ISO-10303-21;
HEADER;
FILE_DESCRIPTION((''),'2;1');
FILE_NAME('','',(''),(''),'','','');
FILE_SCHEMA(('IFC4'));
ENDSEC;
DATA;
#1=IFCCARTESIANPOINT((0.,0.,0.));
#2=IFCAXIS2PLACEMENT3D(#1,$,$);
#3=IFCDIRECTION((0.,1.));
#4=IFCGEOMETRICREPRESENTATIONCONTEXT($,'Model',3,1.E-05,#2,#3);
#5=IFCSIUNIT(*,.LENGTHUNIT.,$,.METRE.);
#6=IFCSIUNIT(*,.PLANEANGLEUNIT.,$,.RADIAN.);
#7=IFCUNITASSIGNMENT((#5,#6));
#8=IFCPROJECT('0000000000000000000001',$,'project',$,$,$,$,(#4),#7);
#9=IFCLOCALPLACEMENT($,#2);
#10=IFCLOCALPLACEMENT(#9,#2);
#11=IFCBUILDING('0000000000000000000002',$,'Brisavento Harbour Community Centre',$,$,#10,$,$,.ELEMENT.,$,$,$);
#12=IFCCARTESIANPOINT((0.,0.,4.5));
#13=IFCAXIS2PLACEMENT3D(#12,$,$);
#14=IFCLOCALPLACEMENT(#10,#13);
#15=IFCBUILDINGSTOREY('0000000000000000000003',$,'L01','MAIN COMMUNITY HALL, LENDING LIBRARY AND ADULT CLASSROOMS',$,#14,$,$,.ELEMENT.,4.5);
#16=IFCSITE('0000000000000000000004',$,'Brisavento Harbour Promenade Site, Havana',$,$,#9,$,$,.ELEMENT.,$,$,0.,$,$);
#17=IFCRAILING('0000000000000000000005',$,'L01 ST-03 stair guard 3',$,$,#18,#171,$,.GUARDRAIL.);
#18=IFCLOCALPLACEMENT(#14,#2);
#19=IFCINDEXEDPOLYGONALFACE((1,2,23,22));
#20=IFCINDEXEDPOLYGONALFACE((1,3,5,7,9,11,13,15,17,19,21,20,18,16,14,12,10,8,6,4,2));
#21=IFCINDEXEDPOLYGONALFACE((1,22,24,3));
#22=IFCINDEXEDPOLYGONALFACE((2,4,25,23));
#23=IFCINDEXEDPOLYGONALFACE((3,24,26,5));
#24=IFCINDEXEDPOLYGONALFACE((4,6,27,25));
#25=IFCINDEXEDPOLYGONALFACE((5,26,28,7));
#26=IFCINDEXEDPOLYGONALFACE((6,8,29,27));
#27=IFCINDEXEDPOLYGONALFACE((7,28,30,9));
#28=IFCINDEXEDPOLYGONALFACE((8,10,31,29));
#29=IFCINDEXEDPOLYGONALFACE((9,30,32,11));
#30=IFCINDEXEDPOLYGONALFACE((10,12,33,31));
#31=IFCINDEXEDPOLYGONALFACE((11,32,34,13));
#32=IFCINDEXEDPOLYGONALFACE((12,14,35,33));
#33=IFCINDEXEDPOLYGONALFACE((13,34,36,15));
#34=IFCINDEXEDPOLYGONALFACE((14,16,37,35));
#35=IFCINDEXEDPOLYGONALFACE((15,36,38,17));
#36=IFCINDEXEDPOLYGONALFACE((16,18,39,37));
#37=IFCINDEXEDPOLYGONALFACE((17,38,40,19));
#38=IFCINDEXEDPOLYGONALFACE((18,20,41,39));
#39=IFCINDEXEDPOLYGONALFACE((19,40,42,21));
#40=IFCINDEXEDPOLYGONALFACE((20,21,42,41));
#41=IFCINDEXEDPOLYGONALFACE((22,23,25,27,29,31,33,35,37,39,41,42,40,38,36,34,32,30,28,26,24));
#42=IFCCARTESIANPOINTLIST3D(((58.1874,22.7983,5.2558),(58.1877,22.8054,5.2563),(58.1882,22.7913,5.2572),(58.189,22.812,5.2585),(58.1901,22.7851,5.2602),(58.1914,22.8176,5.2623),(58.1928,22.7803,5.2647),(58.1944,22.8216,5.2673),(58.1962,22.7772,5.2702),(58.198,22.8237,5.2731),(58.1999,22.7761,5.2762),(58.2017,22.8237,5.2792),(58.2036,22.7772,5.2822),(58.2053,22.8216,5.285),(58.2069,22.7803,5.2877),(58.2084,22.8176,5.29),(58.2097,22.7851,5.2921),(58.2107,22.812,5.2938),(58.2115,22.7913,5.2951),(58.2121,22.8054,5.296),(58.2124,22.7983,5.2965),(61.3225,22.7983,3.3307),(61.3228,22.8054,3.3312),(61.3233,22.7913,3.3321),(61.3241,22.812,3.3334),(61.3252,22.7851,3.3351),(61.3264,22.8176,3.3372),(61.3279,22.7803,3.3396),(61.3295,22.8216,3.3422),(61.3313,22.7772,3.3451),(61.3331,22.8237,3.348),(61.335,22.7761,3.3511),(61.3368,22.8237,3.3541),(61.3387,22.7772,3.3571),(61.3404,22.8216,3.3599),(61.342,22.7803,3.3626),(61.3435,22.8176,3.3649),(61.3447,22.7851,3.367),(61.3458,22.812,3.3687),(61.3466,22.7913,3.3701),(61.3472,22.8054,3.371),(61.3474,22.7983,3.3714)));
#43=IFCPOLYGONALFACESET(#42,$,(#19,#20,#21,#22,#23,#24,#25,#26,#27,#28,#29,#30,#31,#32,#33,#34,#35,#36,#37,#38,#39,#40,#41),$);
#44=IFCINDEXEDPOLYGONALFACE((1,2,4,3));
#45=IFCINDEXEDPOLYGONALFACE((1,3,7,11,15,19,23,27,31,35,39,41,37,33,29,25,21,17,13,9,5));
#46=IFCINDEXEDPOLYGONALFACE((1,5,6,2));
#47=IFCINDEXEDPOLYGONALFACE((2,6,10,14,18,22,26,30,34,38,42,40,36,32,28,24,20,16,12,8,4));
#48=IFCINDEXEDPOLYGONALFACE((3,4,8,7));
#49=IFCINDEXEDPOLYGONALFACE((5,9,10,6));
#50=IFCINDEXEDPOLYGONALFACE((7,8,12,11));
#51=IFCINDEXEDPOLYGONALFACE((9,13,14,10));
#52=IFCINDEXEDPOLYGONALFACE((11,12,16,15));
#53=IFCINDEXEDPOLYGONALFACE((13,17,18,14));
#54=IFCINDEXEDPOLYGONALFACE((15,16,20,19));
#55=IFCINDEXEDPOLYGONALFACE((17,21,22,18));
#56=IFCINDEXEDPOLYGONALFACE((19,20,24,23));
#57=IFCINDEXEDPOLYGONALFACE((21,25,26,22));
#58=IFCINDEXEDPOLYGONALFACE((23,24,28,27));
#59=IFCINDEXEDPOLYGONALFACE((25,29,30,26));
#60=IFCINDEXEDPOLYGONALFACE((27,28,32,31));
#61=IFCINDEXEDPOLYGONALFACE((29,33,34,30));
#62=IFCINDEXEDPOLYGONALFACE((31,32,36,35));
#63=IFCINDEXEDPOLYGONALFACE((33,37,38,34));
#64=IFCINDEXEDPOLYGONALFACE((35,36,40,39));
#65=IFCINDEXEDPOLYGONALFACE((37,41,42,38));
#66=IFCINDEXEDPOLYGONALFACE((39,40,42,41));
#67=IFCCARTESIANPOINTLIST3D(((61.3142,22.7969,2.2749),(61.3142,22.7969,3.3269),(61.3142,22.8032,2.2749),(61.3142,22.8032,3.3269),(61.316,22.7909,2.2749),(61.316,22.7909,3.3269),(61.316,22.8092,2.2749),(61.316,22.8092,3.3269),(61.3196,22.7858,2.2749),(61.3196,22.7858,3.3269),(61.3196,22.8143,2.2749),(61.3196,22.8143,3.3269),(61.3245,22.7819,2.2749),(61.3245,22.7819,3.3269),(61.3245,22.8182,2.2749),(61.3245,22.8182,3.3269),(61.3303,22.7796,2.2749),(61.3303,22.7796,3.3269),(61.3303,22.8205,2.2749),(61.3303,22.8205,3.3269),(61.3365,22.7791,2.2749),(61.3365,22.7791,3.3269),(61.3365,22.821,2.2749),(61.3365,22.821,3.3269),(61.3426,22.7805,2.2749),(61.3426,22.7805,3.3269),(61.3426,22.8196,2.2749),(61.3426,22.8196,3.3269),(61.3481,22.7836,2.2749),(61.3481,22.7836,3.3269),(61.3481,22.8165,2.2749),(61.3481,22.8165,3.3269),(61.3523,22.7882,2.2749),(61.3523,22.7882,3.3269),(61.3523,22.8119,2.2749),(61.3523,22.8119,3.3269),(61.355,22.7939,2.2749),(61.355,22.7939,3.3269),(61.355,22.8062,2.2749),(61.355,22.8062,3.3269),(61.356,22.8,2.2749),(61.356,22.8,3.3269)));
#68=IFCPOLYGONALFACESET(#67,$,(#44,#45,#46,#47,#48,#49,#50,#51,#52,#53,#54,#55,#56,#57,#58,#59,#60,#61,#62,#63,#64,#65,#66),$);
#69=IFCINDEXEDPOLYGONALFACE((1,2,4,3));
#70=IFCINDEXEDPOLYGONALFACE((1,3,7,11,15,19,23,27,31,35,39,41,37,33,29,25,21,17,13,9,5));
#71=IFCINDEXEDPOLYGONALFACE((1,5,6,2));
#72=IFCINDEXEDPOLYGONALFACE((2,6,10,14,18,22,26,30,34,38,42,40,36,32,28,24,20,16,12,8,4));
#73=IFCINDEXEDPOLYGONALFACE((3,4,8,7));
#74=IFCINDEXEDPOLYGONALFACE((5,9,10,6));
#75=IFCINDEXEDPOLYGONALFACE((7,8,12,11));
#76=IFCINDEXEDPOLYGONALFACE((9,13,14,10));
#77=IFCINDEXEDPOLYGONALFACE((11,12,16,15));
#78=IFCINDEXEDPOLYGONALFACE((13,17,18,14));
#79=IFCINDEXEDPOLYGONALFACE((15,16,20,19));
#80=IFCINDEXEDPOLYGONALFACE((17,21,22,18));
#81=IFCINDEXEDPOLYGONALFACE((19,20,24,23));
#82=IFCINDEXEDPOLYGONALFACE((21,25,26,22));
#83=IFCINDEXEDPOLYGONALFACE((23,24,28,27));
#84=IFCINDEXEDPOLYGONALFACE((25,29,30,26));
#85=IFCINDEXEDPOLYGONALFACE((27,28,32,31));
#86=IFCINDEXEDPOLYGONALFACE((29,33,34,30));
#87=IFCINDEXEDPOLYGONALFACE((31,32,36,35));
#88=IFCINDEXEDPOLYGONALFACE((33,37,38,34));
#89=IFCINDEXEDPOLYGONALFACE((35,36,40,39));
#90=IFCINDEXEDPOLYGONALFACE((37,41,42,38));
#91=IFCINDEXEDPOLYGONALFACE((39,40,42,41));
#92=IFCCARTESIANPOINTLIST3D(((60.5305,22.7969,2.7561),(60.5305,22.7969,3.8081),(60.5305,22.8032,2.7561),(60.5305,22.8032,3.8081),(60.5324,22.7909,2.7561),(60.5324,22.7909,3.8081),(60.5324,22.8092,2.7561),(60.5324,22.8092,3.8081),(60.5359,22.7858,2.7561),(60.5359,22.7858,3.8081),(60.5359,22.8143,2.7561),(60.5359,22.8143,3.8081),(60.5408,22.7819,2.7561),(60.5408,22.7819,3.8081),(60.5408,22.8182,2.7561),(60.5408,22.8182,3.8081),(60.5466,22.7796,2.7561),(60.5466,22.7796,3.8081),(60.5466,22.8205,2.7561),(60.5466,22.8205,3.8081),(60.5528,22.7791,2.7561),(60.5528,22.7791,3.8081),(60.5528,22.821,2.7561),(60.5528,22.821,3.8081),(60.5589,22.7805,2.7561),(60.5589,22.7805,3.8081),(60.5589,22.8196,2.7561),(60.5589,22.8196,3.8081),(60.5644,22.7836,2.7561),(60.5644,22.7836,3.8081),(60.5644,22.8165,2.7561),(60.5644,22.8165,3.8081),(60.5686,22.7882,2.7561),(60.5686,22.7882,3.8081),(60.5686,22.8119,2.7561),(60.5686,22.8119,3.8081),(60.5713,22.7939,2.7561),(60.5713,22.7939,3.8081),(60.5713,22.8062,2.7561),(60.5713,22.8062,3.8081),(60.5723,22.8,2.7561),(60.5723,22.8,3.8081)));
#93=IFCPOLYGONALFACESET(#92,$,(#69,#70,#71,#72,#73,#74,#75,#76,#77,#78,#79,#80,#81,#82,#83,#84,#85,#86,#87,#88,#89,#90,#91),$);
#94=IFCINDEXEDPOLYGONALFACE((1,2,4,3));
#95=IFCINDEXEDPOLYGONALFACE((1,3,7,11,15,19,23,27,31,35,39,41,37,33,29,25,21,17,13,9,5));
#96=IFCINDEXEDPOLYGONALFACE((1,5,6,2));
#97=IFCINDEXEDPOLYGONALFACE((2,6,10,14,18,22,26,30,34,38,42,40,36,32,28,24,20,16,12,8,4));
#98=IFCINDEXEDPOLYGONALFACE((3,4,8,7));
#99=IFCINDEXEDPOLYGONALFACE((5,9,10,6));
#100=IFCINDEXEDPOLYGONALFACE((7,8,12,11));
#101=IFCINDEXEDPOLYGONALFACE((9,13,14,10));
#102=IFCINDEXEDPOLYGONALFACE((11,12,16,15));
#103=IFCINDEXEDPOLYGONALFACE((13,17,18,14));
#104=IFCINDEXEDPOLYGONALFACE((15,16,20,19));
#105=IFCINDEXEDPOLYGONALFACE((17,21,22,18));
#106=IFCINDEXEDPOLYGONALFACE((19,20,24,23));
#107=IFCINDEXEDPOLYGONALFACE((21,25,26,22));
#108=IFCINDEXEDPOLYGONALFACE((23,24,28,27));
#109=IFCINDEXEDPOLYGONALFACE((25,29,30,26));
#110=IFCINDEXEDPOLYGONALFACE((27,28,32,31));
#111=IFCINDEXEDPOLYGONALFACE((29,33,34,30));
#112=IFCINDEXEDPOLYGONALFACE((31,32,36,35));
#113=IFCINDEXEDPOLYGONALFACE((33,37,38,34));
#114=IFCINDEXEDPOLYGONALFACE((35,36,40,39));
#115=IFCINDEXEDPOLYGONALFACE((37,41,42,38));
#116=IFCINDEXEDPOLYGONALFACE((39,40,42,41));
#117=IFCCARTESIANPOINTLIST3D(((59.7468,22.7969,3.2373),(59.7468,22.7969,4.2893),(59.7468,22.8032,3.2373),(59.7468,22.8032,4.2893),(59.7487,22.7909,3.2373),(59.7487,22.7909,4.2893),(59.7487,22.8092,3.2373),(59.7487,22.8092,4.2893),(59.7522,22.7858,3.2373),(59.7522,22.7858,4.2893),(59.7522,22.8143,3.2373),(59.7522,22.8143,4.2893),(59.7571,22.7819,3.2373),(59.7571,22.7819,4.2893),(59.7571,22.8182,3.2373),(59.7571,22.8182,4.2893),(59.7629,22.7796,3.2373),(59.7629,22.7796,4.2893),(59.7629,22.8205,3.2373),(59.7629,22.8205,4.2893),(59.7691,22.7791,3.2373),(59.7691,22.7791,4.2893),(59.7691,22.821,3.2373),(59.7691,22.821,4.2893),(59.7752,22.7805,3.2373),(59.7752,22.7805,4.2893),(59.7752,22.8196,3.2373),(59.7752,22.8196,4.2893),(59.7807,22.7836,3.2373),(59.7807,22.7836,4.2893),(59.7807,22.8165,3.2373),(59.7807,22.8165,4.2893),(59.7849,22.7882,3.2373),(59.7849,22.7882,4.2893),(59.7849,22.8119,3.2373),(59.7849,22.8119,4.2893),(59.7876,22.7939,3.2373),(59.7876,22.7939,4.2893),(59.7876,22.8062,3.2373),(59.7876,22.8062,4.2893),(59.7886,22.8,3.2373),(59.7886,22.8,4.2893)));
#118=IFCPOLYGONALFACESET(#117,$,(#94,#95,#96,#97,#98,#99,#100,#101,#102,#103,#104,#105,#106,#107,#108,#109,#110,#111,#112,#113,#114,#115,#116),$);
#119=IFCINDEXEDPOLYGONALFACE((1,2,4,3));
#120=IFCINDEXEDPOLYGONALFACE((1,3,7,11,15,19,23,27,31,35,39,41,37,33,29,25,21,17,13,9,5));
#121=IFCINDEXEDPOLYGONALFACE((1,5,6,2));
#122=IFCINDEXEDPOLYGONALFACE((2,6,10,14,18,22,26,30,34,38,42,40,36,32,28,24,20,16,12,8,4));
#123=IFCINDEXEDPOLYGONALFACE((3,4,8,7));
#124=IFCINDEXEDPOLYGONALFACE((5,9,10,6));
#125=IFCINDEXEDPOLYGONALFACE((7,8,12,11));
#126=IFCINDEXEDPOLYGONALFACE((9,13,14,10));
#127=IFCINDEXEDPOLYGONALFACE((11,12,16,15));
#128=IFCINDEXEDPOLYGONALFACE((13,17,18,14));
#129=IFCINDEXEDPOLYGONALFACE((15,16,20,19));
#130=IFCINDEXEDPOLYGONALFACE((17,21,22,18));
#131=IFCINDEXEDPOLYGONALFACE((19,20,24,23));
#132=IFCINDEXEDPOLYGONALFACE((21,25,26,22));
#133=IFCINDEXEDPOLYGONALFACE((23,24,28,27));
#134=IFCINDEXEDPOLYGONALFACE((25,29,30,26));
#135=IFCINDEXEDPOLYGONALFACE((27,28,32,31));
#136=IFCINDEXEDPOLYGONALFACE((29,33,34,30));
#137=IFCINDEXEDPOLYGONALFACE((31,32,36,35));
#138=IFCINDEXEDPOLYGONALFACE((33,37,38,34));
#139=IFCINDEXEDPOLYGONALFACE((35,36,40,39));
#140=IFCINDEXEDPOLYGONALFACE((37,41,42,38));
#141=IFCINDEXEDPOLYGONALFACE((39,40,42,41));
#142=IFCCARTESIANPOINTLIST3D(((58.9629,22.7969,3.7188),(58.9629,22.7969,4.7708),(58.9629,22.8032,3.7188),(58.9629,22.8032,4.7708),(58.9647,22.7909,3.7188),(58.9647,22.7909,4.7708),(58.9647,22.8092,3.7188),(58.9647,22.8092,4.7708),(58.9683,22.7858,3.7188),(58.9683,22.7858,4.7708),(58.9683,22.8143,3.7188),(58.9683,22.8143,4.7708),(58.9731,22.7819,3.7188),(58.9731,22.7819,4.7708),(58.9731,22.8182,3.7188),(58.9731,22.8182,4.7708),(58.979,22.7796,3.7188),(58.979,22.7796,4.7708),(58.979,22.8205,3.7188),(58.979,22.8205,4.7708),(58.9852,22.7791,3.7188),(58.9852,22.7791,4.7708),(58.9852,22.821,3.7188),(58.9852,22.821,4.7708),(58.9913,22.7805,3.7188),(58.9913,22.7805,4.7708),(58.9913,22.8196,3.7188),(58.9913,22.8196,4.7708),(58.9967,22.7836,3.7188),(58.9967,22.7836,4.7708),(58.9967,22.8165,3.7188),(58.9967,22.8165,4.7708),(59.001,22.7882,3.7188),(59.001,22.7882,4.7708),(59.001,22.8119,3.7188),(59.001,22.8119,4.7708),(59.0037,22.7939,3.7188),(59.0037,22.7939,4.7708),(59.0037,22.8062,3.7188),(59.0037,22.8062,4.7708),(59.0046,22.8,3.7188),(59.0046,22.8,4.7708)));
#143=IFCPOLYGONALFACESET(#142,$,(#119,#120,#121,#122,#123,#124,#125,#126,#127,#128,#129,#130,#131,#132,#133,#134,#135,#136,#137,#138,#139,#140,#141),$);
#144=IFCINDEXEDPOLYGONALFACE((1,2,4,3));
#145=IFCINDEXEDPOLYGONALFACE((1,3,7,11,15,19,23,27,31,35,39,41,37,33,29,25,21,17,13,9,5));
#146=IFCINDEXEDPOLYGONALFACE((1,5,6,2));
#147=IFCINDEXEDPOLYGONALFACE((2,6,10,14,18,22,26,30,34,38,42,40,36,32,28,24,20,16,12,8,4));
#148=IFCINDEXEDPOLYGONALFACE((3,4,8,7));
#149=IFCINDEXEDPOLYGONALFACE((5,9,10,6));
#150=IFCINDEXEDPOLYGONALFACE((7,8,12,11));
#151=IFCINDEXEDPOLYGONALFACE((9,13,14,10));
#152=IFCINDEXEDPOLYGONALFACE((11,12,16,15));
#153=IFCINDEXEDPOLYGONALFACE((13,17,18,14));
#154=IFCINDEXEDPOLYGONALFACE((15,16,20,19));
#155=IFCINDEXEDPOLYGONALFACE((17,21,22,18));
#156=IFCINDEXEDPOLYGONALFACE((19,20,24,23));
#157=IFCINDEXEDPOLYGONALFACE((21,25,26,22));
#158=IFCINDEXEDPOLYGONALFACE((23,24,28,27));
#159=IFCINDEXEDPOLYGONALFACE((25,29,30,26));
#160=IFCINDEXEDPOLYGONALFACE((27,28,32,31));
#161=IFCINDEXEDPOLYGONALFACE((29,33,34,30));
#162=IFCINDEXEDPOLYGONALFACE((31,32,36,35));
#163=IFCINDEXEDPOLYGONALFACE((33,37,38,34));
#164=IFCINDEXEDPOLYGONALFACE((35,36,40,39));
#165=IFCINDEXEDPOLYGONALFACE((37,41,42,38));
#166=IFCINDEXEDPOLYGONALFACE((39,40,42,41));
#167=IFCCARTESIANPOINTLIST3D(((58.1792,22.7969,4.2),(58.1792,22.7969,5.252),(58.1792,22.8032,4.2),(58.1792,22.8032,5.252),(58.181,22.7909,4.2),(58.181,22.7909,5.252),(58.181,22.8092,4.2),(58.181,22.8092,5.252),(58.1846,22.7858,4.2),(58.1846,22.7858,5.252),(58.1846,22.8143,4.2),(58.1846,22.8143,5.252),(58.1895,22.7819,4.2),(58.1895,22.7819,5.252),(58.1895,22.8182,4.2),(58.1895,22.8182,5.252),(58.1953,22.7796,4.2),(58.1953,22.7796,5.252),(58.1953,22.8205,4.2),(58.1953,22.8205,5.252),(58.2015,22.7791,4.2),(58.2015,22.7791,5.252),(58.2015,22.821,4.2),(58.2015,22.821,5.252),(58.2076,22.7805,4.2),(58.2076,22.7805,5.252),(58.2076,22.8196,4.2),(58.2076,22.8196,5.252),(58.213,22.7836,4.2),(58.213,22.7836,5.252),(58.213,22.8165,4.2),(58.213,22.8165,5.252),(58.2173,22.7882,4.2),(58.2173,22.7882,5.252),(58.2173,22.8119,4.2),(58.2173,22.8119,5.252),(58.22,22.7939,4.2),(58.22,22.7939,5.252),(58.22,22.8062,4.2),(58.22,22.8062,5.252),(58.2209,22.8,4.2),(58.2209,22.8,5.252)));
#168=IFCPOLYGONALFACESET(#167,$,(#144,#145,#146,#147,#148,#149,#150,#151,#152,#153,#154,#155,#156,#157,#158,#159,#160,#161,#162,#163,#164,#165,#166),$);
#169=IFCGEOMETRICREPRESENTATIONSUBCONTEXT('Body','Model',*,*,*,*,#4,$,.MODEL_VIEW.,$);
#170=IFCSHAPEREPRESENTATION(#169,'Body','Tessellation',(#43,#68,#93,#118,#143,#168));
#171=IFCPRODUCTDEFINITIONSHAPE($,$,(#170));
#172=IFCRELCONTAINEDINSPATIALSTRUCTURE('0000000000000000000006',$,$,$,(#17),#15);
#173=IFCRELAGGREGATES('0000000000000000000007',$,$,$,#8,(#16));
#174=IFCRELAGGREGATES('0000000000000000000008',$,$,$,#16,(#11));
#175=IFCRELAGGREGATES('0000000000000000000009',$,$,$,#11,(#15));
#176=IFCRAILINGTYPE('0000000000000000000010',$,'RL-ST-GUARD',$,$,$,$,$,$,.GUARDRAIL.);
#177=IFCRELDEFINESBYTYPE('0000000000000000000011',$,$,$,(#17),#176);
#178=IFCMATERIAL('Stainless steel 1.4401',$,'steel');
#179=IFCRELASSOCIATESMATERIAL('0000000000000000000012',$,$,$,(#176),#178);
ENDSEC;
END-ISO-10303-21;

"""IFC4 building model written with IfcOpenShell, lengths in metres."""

from ifc_helpers import new_model, si_unit, direction, frame, origin, origin_2d, place, context, subcontext, project, spatial, circle, extrude, material, type_object, element, save


model = new_model("IFC4")

# Units and contexts
model_context = context("Model", 3, precision=1e-05, world=origin(), true_north=direction((0.0, 1.0)))
body_context = subcontext(model_context, "Body", "Model", "MODEL_VIEW")
ifc_project = project(units=[si_unit("LENGTHUNIT", "METRE"), si_unit("PLANEANGLEUNIT", "RADIAN")], contexts=[model_context])

# Site, building, storey
site_placement = place(None, origin())
site = spatial("IfcSite", under=ifc_project, at=site_placement, Name="Brisavento Harbour Promenade Site, Havana", CompositionType="ELEMENT", RefElevation=0.0)
building_placement = place(site_placement, origin())
building = spatial("IfcBuilding", under=site, at=building_placement, Name="Brisavento Harbour Community Centre", CompositionType="ELEMENT")
storey_placement = place(building_placement, frame((0.0, 0.0, 4.5)))
storey = spatial("IfcBuildingStorey", under=building, at=storey_placement, Name="L01", Description="MAIN COMMUNITY HALL, LENDING LIBRARY AND ADULT CLASSROOMS", CompositionType="ELEMENT", Elevation=4.5)

# Shared definitions
ifc_material_1 = material(Name="Stainless steel 1.4401", Category="steel")

# Railing
railing_type_1 = type_object("IfcRailingType", Name="RL-ST-GUARD", PredefinedType="GUARDRAIL", material=ifc_material_1)
railing_1_placement = place(storey_placement, frame((61.335, 22.8, 2.2749)))
element("IfcRailing", 1, at=railing_1_placement, inside=storey, type_object=railing_type_1, Name="L01 ST-03 stair guard 3", PredefinedType="GUARDRAIL", context=body_context, shape_type="SweptSolid", body=[
    extrude(circle(Radius=0.0239, at=origin_2d()), frame((0.0, 0.0, 1.0762), z_axis=(-0.852166, 0.0, 0.523271), x_axis=(0.0, -1.0, 0.0)), (0.0, 0.0, 1.0), 3.679),
    extrude(circle(Radius=0.021, at=origin_2d()), origin(), (0.0, 0.0, 1.0), 1.052),
    extrude(circle(Radius=0.021, at=origin_2d()), frame((-0.7837, 0.0, 0.4812)), (0.0, 0.0, 1.0), 1.052),
    extrude(circle(Radius=0.021, at=origin_2d()), frame((-1.5674, 0.0, 0.9624)), (0.0, 0.0, 1.0), 1.052),
    extrude(circle(Radius=0.021, at=origin_2d()), frame((-2.3513, 0.0, 1.4438)), (0.0, 0.0, 1.0), 1.052),
    extrude(circle(Radius=0.021, at=origin_2d()), frame((-3.135, 0.0, 1.925)), (0.0, 0.0, 1.0), 1.052),
])

save(model, "model.ifc")
